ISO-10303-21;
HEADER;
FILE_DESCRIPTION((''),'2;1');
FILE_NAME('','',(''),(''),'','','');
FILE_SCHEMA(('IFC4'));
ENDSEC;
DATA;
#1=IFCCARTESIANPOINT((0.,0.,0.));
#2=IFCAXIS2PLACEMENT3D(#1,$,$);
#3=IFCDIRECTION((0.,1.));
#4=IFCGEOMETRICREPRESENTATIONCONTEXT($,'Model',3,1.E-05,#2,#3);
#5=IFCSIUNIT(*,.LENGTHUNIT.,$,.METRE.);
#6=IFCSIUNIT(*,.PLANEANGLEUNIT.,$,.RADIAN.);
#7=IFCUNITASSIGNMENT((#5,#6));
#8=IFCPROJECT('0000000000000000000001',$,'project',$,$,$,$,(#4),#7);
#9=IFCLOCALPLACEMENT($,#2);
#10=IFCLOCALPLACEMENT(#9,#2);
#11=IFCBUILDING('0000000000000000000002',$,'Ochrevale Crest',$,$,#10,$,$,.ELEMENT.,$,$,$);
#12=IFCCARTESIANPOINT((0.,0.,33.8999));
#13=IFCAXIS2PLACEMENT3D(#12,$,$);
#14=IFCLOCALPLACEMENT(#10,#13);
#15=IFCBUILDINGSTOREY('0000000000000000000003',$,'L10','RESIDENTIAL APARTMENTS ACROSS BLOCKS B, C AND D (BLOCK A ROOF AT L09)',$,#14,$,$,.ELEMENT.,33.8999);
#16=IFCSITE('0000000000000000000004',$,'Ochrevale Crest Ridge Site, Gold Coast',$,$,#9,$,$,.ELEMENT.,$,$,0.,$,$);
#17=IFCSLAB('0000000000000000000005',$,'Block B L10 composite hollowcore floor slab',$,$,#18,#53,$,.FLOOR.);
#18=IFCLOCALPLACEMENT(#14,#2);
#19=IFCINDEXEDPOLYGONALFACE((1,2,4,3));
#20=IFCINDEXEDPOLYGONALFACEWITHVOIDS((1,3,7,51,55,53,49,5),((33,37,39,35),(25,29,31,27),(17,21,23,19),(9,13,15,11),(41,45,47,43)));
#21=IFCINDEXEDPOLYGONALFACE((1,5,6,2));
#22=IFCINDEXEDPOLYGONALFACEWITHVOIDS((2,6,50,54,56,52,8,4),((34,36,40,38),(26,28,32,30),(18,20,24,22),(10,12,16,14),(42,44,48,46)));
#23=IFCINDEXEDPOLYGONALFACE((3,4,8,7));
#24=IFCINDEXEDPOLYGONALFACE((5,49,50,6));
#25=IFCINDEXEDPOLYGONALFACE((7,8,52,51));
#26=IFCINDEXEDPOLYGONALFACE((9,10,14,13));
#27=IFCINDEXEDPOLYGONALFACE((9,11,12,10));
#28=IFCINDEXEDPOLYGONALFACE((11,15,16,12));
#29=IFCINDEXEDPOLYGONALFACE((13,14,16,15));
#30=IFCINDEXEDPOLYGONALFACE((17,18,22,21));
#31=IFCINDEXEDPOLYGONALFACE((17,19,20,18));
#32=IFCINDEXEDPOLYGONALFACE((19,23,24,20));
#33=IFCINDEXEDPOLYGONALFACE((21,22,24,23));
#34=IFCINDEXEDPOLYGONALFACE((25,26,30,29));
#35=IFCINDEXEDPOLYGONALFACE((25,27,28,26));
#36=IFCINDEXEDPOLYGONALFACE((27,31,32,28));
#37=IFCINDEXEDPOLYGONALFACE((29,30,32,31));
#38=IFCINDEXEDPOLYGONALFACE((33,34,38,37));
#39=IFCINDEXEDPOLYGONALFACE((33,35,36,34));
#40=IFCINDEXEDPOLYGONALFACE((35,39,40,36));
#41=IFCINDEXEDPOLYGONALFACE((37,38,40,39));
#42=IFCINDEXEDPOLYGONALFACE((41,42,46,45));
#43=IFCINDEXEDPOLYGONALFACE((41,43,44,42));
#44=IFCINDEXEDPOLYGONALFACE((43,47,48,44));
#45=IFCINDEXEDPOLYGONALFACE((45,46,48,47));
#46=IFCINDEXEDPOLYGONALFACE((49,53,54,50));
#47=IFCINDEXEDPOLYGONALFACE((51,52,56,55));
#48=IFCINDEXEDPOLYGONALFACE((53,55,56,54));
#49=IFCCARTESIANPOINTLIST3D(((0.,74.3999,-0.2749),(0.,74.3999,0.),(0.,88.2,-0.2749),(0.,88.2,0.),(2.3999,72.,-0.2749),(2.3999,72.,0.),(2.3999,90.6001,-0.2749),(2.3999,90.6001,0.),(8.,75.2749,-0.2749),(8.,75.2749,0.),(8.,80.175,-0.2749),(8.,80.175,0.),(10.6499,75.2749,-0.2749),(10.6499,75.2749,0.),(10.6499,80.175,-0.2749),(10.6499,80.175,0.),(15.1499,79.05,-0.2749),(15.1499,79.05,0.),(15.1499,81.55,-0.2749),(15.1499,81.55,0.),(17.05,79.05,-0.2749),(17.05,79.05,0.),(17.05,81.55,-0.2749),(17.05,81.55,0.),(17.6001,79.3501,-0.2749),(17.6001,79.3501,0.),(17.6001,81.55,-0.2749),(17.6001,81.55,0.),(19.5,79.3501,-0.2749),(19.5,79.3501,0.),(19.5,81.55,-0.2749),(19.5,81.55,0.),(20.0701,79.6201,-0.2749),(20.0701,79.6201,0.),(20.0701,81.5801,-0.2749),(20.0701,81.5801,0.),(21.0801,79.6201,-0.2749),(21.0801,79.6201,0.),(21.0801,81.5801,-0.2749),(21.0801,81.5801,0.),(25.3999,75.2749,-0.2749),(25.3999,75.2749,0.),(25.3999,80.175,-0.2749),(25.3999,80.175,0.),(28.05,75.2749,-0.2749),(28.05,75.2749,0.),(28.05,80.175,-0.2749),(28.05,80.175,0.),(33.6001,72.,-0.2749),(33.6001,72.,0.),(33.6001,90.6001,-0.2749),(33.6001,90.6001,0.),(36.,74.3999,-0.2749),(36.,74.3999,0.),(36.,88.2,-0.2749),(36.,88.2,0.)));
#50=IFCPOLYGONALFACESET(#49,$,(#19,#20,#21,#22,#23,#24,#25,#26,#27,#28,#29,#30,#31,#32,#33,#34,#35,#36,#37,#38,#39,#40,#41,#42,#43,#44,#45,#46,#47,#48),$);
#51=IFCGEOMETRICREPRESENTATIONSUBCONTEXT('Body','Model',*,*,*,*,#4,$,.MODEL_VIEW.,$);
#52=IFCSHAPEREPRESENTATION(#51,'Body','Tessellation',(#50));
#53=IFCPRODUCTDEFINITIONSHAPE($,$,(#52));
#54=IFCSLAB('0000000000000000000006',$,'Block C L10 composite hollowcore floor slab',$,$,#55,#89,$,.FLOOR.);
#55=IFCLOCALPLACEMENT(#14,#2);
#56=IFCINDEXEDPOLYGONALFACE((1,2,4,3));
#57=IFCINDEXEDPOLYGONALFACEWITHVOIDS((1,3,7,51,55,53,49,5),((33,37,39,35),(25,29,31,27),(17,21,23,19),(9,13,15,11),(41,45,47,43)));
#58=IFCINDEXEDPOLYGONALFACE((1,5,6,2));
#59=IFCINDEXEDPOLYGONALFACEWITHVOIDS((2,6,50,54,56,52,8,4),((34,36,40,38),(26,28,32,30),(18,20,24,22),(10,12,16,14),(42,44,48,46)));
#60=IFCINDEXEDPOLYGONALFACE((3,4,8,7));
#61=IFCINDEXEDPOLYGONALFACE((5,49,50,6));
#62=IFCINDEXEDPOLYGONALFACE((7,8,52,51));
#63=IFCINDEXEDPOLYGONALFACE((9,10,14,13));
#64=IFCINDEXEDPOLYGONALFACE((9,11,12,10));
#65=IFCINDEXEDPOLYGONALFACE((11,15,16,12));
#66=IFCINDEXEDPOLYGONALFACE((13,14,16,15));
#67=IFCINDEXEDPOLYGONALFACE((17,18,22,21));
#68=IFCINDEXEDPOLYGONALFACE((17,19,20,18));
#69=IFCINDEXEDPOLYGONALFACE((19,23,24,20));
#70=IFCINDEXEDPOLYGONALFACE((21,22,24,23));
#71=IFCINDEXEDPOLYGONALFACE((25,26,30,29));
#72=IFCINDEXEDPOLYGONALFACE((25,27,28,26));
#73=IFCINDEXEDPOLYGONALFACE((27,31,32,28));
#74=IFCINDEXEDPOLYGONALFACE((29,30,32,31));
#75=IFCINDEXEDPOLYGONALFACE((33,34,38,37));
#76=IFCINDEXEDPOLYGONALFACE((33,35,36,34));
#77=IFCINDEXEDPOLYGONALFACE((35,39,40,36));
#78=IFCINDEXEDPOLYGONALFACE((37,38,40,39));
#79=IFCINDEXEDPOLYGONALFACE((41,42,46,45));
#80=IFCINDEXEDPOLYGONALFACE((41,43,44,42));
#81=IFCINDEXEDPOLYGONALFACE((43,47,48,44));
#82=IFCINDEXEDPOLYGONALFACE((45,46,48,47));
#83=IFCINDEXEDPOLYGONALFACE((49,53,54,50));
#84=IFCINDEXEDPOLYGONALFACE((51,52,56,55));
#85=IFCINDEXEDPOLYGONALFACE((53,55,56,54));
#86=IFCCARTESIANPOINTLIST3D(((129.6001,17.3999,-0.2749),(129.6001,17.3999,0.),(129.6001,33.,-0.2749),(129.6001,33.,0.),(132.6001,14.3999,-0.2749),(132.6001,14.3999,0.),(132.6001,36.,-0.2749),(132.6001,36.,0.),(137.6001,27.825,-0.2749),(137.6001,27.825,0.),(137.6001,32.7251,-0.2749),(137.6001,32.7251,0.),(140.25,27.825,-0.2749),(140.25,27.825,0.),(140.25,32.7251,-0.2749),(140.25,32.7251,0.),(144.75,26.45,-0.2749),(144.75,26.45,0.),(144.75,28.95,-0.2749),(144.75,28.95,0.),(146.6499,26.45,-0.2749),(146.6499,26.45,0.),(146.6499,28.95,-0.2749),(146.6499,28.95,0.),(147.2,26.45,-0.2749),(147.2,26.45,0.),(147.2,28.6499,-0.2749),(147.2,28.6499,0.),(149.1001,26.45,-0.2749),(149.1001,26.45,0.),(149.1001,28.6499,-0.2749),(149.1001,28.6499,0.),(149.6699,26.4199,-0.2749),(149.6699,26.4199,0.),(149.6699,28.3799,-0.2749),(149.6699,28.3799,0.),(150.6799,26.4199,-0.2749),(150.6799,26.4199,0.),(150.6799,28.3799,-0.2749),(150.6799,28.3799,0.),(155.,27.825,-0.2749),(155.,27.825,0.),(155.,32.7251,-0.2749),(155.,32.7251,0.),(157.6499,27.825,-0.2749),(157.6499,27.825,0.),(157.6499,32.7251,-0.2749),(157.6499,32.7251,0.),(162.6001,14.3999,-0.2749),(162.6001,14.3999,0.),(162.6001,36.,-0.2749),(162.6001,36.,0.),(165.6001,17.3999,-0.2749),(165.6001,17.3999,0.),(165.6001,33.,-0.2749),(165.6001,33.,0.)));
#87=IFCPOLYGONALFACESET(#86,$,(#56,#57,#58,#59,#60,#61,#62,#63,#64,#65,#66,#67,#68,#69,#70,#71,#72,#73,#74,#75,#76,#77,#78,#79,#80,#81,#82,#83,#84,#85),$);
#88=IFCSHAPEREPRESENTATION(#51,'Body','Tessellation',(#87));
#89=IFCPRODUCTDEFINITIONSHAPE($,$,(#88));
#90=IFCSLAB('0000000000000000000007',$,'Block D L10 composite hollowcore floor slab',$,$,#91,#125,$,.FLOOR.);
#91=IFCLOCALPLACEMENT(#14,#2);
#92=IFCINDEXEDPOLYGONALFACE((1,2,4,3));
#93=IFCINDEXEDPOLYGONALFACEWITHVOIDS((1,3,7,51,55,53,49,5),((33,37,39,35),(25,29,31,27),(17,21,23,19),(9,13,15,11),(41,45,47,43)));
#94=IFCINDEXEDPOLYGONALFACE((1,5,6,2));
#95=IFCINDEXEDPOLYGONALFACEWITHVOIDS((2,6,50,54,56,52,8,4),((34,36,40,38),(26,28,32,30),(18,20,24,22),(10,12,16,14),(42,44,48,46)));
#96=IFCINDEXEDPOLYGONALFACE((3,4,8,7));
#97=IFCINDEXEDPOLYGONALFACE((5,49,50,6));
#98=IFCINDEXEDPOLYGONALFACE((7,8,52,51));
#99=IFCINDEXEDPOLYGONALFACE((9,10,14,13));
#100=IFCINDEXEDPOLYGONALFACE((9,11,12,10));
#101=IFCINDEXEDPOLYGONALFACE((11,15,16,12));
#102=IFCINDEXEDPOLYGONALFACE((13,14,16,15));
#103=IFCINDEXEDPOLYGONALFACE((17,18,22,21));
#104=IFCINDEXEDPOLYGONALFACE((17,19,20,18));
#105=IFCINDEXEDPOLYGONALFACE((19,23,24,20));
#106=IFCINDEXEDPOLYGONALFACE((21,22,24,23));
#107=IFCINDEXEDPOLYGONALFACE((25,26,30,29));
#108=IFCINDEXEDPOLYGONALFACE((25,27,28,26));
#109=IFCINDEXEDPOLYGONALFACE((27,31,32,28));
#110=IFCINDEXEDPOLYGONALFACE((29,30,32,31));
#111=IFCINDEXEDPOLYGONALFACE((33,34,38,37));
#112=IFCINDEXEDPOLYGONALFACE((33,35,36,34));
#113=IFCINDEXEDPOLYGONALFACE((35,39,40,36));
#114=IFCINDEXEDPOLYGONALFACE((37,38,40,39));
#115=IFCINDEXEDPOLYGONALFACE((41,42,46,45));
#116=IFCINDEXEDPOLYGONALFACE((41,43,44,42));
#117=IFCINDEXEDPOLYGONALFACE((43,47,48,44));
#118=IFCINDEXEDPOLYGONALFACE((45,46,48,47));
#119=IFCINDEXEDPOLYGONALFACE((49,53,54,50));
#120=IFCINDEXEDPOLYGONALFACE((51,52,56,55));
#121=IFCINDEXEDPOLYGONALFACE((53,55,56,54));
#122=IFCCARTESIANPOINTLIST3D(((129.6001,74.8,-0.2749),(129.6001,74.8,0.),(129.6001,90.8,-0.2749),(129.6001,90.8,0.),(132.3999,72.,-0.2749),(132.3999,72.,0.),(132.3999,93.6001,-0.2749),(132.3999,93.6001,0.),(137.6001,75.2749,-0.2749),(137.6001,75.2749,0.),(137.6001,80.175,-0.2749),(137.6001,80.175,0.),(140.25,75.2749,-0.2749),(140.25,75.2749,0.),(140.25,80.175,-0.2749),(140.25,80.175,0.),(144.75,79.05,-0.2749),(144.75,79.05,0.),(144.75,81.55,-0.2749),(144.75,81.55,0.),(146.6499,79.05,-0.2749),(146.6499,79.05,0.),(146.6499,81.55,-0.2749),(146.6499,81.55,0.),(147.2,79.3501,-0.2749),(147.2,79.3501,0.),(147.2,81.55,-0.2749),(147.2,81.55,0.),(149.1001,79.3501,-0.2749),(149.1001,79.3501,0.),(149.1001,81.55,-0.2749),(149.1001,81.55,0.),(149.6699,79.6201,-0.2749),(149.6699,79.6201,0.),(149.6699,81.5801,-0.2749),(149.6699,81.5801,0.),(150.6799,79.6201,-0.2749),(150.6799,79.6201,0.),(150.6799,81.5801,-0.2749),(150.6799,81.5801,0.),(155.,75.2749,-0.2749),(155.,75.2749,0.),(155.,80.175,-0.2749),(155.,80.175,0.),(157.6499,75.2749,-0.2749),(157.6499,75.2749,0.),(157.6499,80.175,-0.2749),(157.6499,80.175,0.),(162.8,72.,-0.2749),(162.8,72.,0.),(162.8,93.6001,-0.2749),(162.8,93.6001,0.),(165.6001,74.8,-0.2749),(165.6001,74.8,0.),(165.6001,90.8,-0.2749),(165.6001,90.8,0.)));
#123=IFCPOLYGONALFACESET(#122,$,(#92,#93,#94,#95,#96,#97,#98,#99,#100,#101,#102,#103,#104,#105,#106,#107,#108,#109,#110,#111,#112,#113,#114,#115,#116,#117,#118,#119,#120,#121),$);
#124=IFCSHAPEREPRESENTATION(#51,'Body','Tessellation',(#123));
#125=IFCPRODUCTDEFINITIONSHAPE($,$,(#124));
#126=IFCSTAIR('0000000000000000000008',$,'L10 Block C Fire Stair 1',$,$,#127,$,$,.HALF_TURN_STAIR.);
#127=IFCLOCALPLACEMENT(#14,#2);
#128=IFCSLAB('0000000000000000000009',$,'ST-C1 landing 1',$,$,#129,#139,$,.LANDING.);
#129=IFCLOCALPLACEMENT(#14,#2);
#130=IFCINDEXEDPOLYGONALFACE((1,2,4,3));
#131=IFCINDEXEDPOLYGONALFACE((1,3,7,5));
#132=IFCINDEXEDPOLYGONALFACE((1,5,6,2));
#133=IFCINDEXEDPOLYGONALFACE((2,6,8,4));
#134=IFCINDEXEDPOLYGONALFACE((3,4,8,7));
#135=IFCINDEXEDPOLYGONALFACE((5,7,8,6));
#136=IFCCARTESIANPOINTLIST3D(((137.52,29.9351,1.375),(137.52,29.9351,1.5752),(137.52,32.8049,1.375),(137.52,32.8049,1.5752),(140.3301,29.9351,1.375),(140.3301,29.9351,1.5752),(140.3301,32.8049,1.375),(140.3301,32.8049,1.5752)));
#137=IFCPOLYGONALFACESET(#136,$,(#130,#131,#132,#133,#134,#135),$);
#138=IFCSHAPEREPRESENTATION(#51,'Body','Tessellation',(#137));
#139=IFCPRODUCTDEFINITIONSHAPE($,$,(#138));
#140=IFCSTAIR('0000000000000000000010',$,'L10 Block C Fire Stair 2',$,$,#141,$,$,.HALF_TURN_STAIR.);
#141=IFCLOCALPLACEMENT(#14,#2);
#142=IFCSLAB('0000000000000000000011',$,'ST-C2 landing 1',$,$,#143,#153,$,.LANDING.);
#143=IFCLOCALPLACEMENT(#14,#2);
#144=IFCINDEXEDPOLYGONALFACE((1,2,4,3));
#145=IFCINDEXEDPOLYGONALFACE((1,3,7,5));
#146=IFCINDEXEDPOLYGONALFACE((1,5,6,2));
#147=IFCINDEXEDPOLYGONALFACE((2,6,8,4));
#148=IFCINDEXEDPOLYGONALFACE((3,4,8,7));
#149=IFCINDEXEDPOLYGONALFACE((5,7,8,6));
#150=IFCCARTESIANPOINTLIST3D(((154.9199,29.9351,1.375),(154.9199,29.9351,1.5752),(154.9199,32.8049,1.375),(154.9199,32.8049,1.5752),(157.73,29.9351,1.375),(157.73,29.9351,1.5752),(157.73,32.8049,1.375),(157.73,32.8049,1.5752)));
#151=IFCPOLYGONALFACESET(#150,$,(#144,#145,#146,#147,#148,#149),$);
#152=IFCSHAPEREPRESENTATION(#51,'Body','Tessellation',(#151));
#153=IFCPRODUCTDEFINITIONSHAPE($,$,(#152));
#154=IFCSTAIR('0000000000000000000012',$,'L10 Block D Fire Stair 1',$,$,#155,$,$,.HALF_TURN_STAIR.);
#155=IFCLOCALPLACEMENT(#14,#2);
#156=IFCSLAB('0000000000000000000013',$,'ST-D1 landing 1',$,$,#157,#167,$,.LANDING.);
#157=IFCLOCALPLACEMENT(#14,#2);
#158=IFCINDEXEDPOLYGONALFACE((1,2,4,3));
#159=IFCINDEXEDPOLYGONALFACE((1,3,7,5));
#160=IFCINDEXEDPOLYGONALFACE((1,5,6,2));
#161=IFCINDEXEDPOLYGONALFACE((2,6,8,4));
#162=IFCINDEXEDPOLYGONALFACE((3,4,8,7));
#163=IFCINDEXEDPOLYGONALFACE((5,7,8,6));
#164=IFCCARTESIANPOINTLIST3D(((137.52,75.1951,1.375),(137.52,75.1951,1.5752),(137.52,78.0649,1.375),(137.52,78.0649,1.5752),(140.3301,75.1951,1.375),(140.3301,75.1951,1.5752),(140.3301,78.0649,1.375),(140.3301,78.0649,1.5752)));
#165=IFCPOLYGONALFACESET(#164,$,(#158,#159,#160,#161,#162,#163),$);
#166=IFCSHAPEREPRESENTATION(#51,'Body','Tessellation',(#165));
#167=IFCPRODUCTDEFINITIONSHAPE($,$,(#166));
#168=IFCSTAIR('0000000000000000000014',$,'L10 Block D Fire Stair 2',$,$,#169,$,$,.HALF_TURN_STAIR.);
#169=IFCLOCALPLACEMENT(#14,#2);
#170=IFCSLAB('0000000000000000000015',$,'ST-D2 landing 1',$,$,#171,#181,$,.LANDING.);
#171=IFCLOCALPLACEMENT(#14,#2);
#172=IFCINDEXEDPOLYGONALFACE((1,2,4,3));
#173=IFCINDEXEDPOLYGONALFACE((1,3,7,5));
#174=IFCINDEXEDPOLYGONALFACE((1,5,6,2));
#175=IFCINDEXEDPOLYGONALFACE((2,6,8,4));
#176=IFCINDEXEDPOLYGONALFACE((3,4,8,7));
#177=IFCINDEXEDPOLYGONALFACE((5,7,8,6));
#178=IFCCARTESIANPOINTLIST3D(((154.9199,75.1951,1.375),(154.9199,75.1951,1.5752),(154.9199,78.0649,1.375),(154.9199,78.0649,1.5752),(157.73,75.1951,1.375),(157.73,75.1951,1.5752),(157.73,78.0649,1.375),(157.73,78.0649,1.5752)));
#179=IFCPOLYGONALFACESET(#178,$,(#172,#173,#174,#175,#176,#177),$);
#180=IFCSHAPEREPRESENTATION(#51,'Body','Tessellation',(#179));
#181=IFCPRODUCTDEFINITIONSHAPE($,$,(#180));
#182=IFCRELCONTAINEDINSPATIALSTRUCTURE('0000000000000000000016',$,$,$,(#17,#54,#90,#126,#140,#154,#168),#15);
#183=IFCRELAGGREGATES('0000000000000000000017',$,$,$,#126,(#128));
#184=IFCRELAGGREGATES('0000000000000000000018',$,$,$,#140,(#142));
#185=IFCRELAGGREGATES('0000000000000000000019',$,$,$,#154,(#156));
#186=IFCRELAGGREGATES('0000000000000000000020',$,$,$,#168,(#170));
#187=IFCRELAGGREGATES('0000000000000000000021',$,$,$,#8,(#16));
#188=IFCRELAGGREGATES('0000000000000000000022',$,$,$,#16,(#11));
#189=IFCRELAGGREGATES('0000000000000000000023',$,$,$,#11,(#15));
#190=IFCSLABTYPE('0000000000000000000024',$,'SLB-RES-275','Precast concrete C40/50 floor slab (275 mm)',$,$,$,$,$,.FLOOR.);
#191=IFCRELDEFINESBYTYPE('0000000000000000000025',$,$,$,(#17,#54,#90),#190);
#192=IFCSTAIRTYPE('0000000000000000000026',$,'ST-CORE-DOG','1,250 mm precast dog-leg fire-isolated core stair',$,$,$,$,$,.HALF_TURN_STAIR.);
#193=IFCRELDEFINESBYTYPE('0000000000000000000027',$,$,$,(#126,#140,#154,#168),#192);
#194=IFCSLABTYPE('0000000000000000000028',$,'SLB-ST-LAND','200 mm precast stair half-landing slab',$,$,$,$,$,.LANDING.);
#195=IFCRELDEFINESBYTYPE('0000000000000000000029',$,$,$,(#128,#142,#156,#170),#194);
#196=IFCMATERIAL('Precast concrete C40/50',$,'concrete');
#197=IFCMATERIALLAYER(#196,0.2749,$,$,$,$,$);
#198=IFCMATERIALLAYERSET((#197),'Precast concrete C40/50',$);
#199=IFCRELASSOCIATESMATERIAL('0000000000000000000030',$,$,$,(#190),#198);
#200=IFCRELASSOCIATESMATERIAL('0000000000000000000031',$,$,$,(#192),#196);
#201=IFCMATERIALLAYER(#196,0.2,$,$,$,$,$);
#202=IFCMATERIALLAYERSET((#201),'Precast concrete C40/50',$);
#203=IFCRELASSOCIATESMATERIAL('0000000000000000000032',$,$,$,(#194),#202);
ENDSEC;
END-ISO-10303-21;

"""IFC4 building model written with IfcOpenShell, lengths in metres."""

from ifc_helpers import new_model, si_unit, direction, frame, origin, place, context, subcontext, project, spatial, polyline, outline, extrude, material, layer, layer_set, type_object, element, aggregate, save


model = new_model("IFC4")

# Units and contexts
model_context = context("Model", 3, precision=1e-05, world=origin(), true_north=direction((0.0, 1.0)))
body_context = subcontext(model_context, "Body", "Model", "MODEL_VIEW")
ifc_project = project(units=[si_unit("LENGTHUNIT", "METRE"), si_unit("PLANEANGLEUNIT", "RADIAN")], contexts=[model_context])

# Site, building, storey
site_placement = place(None, origin())
site = spatial("IfcSite", under=ifc_project, at=site_placement, Name="Ochrevale Crest Ridge Site, Gold Coast", CompositionType="ELEMENT", RefElevation=0.0)
building_placement = place(site_placement, origin())
building = spatial("IfcBuilding", under=site, at=building_placement, Name="Ochrevale Crest", CompositionType="ELEMENT")
storey_placement = place(building_placement, frame((0.0, 0.0, 33.8999)))
storey = spatial("IfcBuildingStorey", under=building, at=storey_placement, Name="L10", Description="RESIDENTIAL APARTMENTS ACROSS BLOCKS B, C AND D (BLOCK A ROOF AT L09)", CompositionType="ELEMENT", Elevation=33.8999)

# Shared definitions
ifc_material_1 = material(Name="Precast concrete C40/50", Category="concrete")

# Slabs
ifc_layer_1 = layer(ifc_material_1, 0.2749)
ifc_layer_set_1 = layer_set([ifc_layer_1], Name="Precast concrete C40/50")
slab_type_1 = type_object("IfcSlabType", Name="SLB-RES-275", Description="Precast concrete C40/50 floor slab (275 mm)", PredefinedType="FLOOR", material=ifc_layer_set_1)
slab_1_placement = place(storey_placement, frame((0.0, 0.0, -0.2749)))
element("IfcSlab", 1, at=slab_1_placement, inside=storey, type_object=slab_type_1, Name="Block B L10 composite hollowcore floor slab", PredefinedType="FLOOR", context=body_context, shape_type="SweptSolid", body=[
    extrude(outline(polyline([(2.3999, 72.0), (33.6001, 72.0), (36.0, 74.3999), (36.0, 88.2), (33.6001, 90.6001), (2.3999, 90.6001), (0.0, 88.2), (0.0, 74.3999), (2.3999, 72.0)]), holes=[polyline([(8.0, 80.175), (8.0, 75.2749), (10.6499, 75.2749), (10.6499, 80.175), (8.0, 80.175)]), polyline([(25.3999, 80.175), (25.3999, 75.2749), (28.05, 75.2749), (28.05, 80.175), (25.3999, 80.175)]), polyline([(15.1499, 79.05), (17.05, 79.05), (17.05, 81.55), (15.1499, 81.55), (15.1499, 79.05)]), polyline([(17.6001, 79.3501), (19.5, 79.3501), (19.5, 81.55), (17.6001, 81.55), (17.6001, 79.3501)]), polyline([(20.0701, 79.6201), (21.0801, 79.6201), (21.0801, 81.5801), (20.0701, 81.5801), (20.0701, 79.6201)])]), origin(), (0.0, 0.0, 1.0), 0.2749),
])
slab_2_placement = place(storey_placement, frame((0.0, 0.0, -0.2749)))
element("IfcSlab", 2, at=slab_2_placement, inside=storey, type_object=slab_type_1, Name="Block C L10 composite hollowcore floor slab", PredefinedType="FLOOR", context=body_context, shape_type="SweptSolid", body=[
    extrude(outline(polyline([(132.6001, 14.3999), (162.6001, 14.3999), (165.6001, 17.3999), (165.6001, 33.0), (162.6001, 36.0), (132.6001, 36.0), (129.6001, 33.0), (129.6001, 17.3999), (132.6001, 14.3999)]), holes=[polyline([(140.25, 27.825), (140.25, 32.7251), (137.6001, 32.7251), (137.6001, 27.825), (140.25, 27.825)]), polyline([(157.6499, 27.825), (157.6499, 32.7251), (155.0, 32.7251), (155.0, 27.825), (157.6499, 27.825)]), polyline([(144.75, 26.45), (146.6499, 26.45), (146.6499, 28.95), (144.75, 28.95), (144.75, 26.45)]), polyline([(147.2, 26.45), (149.1001, 26.45), (149.1001, 28.6499), (147.2, 28.6499), (147.2, 26.45)]), polyline([(149.6699, 26.4199), (150.6799, 26.4199), (150.6799, 28.3799), (149.6699, 28.3799), (149.6699, 26.4199)])]), origin(), (0.0, 0.0, 1.0), 0.2749),
])
slab_3_placement = place(storey_placement, frame((0.0, 0.0, -0.2749)))
element("IfcSlab", 3, at=slab_3_placement, inside=storey, type_object=slab_type_1, Name="Block D L10 composite hollowcore floor slab", PredefinedType="FLOOR", context=body_context, shape_type="SweptSolid", body=[
    extrude(outline(polyline([(132.3999, 72.0), (162.8, 72.0), (165.6001, 74.8), (165.6001, 90.8), (162.8, 93.6001), (132.3999, 93.6001), (129.6001, 90.8), (129.6001, 74.8), (132.3999, 72.0)]), holes=[polyline([(137.6001, 80.175), (137.6001, 75.2749), (140.25, 75.2749), (140.25, 80.175), (137.6001, 80.175)]), polyline([(155.0, 80.175), (155.0, 75.2749), (157.6499, 75.2749), (157.6499, 80.175), (155.0, 80.175)]), polyline([(144.75, 79.05), (146.6499, 79.05), (146.6499, 81.55), (144.75, 81.55), (144.75, 79.05)]), polyline([(147.2, 79.3501), (149.1001, 79.3501), (149.1001, 81.55), (147.2, 81.55), (147.2, 79.3501)]), polyline([(149.6699, 79.6201), (150.6799, 79.6201), (150.6799, 81.5801), (149.6699, 81.5801), (149.6699, 79.6201)])]), origin(), (0.0, 0.0, 1.0), 0.2749),
])

# Stairs, slabs
stair_type = type_object("IfcStairType", Name="ST-CORE-DOG", Description="1,250 mm precast dog-leg fire-isolated core stair", PredefinedType="HALF_TURN_STAIR", material=ifc_material_1)
stair_1_placement = place(storey_placement, origin())
stair_1 = element("IfcStair", 4, at=stair_1_placement, inside=storey, type_object=stair_type, Name="L10 Block C Fire Stair 1", PredefinedType="HALF_TURN_STAIR")
ifc_layer_2 = layer(ifc_material_1, 0.2)
ifc_layer_set_2 = layer_set([ifc_layer_2], Name="Precast concrete C40/50")
slab_type_2 = type_object("IfcSlabType", Name="SLB-ST-LAND", Description="200 mm precast stair half-landing slab", PredefinedType="LANDING", material=ifc_layer_set_2)
slab_4_placement = place(storey_placement, frame((0.0, 0.0, 1.375)))
slab_4 = element("IfcSlab", 5, at=slab_4_placement, type_object=slab_type_2, Name="ST-C1 landing 1", PredefinedType="LANDING", context=body_context, shape_type="SweptSolid", body=[
    extrude(outline(polyline([(140.3301, 29.9351), (140.3301, 32.8049), (137.52, 32.8049), (137.52, 29.9351), (140.3301, 29.9351)])), origin(), (0.0, 0.0, 1.0), 0.2002),
])
aggregate(stair_1, [slab_4])
stair_2_placement = place(storey_placement, origin())
stair_2 = element("IfcStair", 6, at=stair_2_placement, inside=storey, type_object=stair_type, Name="L10 Block C Fire Stair 2", PredefinedType="HALF_TURN_STAIR")
slab_5_placement = place(storey_placement, frame((0.0, 0.0, 1.375)))
slab_5 = element("IfcSlab", 7, at=slab_5_placement, type_object=slab_type_2, Name="ST-C2 landing 1", PredefinedType="LANDING", context=body_context, shape_type="SweptSolid", body=[
    extrude(outline(polyline([(157.73, 29.9351), (157.73, 32.8049), (154.9199, 32.8049), (154.9199, 29.9351), (157.73, 29.9351)])), origin(), (0.0, 0.0, 1.0), 0.2002),
])
aggregate(stair_2, [slab_5])
stair_3_placement = place(storey_placement, origin())
stair_3 = element("IfcStair", 8, at=stair_3_placement, inside=storey, type_object=stair_type, Name="L10 Block D Fire Stair 1", PredefinedType="HALF_TURN_STAIR")
slab_6_placement = place(storey_placement, frame((0.0, 0.0, 1.375)))
slab_6 = element("IfcSlab", 9, at=slab_6_placement, type_object=slab_type_2, Name="ST-D1 landing 1", PredefinedType="LANDING", context=body_context, shape_type="SweptSolid", body=[
    extrude(outline(polyline([(137.52, 78.0649), (137.52, 75.1951), (140.3301, 75.1951), (140.3301, 78.0649), (137.52, 78.0649)])), origin(), (0.0, 0.0, 1.0), 0.2002),
])
aggregate(stair_3, [slab_6])
stair_4_placement = place(storey_placement, origin())
stair_4 = element("IfcStair", 10, at=stair_4_placement, inside=storey, type_object=stair_type, Name="L10 Block D Fire Stair 2", PredefinedType="HALF_TURN_STAIR")
slab_7_placement = place(storey_placement, frame((0.0, 0.0, 1.375)))
slab_7 = element("IfcSlab", 11, at=slab_7_placement, type_object=slab_type_2, Name="ST-D2 landing 1", PredefinedType="LANDING", context=body_context, shape_type="SweptSolid", body=[
    extrude(outline(polyline([(154.9199, 78.0649), (154.9199, 75.1951), (157.73, 75.1951), (157.73, 78.0649), (154.9199, 78.0649)])), origin(), (0.0, 0.0, 1.0), 0.2002),
])
aggregate(stair_4, [slab_7])

save(model, "model.ifc")
